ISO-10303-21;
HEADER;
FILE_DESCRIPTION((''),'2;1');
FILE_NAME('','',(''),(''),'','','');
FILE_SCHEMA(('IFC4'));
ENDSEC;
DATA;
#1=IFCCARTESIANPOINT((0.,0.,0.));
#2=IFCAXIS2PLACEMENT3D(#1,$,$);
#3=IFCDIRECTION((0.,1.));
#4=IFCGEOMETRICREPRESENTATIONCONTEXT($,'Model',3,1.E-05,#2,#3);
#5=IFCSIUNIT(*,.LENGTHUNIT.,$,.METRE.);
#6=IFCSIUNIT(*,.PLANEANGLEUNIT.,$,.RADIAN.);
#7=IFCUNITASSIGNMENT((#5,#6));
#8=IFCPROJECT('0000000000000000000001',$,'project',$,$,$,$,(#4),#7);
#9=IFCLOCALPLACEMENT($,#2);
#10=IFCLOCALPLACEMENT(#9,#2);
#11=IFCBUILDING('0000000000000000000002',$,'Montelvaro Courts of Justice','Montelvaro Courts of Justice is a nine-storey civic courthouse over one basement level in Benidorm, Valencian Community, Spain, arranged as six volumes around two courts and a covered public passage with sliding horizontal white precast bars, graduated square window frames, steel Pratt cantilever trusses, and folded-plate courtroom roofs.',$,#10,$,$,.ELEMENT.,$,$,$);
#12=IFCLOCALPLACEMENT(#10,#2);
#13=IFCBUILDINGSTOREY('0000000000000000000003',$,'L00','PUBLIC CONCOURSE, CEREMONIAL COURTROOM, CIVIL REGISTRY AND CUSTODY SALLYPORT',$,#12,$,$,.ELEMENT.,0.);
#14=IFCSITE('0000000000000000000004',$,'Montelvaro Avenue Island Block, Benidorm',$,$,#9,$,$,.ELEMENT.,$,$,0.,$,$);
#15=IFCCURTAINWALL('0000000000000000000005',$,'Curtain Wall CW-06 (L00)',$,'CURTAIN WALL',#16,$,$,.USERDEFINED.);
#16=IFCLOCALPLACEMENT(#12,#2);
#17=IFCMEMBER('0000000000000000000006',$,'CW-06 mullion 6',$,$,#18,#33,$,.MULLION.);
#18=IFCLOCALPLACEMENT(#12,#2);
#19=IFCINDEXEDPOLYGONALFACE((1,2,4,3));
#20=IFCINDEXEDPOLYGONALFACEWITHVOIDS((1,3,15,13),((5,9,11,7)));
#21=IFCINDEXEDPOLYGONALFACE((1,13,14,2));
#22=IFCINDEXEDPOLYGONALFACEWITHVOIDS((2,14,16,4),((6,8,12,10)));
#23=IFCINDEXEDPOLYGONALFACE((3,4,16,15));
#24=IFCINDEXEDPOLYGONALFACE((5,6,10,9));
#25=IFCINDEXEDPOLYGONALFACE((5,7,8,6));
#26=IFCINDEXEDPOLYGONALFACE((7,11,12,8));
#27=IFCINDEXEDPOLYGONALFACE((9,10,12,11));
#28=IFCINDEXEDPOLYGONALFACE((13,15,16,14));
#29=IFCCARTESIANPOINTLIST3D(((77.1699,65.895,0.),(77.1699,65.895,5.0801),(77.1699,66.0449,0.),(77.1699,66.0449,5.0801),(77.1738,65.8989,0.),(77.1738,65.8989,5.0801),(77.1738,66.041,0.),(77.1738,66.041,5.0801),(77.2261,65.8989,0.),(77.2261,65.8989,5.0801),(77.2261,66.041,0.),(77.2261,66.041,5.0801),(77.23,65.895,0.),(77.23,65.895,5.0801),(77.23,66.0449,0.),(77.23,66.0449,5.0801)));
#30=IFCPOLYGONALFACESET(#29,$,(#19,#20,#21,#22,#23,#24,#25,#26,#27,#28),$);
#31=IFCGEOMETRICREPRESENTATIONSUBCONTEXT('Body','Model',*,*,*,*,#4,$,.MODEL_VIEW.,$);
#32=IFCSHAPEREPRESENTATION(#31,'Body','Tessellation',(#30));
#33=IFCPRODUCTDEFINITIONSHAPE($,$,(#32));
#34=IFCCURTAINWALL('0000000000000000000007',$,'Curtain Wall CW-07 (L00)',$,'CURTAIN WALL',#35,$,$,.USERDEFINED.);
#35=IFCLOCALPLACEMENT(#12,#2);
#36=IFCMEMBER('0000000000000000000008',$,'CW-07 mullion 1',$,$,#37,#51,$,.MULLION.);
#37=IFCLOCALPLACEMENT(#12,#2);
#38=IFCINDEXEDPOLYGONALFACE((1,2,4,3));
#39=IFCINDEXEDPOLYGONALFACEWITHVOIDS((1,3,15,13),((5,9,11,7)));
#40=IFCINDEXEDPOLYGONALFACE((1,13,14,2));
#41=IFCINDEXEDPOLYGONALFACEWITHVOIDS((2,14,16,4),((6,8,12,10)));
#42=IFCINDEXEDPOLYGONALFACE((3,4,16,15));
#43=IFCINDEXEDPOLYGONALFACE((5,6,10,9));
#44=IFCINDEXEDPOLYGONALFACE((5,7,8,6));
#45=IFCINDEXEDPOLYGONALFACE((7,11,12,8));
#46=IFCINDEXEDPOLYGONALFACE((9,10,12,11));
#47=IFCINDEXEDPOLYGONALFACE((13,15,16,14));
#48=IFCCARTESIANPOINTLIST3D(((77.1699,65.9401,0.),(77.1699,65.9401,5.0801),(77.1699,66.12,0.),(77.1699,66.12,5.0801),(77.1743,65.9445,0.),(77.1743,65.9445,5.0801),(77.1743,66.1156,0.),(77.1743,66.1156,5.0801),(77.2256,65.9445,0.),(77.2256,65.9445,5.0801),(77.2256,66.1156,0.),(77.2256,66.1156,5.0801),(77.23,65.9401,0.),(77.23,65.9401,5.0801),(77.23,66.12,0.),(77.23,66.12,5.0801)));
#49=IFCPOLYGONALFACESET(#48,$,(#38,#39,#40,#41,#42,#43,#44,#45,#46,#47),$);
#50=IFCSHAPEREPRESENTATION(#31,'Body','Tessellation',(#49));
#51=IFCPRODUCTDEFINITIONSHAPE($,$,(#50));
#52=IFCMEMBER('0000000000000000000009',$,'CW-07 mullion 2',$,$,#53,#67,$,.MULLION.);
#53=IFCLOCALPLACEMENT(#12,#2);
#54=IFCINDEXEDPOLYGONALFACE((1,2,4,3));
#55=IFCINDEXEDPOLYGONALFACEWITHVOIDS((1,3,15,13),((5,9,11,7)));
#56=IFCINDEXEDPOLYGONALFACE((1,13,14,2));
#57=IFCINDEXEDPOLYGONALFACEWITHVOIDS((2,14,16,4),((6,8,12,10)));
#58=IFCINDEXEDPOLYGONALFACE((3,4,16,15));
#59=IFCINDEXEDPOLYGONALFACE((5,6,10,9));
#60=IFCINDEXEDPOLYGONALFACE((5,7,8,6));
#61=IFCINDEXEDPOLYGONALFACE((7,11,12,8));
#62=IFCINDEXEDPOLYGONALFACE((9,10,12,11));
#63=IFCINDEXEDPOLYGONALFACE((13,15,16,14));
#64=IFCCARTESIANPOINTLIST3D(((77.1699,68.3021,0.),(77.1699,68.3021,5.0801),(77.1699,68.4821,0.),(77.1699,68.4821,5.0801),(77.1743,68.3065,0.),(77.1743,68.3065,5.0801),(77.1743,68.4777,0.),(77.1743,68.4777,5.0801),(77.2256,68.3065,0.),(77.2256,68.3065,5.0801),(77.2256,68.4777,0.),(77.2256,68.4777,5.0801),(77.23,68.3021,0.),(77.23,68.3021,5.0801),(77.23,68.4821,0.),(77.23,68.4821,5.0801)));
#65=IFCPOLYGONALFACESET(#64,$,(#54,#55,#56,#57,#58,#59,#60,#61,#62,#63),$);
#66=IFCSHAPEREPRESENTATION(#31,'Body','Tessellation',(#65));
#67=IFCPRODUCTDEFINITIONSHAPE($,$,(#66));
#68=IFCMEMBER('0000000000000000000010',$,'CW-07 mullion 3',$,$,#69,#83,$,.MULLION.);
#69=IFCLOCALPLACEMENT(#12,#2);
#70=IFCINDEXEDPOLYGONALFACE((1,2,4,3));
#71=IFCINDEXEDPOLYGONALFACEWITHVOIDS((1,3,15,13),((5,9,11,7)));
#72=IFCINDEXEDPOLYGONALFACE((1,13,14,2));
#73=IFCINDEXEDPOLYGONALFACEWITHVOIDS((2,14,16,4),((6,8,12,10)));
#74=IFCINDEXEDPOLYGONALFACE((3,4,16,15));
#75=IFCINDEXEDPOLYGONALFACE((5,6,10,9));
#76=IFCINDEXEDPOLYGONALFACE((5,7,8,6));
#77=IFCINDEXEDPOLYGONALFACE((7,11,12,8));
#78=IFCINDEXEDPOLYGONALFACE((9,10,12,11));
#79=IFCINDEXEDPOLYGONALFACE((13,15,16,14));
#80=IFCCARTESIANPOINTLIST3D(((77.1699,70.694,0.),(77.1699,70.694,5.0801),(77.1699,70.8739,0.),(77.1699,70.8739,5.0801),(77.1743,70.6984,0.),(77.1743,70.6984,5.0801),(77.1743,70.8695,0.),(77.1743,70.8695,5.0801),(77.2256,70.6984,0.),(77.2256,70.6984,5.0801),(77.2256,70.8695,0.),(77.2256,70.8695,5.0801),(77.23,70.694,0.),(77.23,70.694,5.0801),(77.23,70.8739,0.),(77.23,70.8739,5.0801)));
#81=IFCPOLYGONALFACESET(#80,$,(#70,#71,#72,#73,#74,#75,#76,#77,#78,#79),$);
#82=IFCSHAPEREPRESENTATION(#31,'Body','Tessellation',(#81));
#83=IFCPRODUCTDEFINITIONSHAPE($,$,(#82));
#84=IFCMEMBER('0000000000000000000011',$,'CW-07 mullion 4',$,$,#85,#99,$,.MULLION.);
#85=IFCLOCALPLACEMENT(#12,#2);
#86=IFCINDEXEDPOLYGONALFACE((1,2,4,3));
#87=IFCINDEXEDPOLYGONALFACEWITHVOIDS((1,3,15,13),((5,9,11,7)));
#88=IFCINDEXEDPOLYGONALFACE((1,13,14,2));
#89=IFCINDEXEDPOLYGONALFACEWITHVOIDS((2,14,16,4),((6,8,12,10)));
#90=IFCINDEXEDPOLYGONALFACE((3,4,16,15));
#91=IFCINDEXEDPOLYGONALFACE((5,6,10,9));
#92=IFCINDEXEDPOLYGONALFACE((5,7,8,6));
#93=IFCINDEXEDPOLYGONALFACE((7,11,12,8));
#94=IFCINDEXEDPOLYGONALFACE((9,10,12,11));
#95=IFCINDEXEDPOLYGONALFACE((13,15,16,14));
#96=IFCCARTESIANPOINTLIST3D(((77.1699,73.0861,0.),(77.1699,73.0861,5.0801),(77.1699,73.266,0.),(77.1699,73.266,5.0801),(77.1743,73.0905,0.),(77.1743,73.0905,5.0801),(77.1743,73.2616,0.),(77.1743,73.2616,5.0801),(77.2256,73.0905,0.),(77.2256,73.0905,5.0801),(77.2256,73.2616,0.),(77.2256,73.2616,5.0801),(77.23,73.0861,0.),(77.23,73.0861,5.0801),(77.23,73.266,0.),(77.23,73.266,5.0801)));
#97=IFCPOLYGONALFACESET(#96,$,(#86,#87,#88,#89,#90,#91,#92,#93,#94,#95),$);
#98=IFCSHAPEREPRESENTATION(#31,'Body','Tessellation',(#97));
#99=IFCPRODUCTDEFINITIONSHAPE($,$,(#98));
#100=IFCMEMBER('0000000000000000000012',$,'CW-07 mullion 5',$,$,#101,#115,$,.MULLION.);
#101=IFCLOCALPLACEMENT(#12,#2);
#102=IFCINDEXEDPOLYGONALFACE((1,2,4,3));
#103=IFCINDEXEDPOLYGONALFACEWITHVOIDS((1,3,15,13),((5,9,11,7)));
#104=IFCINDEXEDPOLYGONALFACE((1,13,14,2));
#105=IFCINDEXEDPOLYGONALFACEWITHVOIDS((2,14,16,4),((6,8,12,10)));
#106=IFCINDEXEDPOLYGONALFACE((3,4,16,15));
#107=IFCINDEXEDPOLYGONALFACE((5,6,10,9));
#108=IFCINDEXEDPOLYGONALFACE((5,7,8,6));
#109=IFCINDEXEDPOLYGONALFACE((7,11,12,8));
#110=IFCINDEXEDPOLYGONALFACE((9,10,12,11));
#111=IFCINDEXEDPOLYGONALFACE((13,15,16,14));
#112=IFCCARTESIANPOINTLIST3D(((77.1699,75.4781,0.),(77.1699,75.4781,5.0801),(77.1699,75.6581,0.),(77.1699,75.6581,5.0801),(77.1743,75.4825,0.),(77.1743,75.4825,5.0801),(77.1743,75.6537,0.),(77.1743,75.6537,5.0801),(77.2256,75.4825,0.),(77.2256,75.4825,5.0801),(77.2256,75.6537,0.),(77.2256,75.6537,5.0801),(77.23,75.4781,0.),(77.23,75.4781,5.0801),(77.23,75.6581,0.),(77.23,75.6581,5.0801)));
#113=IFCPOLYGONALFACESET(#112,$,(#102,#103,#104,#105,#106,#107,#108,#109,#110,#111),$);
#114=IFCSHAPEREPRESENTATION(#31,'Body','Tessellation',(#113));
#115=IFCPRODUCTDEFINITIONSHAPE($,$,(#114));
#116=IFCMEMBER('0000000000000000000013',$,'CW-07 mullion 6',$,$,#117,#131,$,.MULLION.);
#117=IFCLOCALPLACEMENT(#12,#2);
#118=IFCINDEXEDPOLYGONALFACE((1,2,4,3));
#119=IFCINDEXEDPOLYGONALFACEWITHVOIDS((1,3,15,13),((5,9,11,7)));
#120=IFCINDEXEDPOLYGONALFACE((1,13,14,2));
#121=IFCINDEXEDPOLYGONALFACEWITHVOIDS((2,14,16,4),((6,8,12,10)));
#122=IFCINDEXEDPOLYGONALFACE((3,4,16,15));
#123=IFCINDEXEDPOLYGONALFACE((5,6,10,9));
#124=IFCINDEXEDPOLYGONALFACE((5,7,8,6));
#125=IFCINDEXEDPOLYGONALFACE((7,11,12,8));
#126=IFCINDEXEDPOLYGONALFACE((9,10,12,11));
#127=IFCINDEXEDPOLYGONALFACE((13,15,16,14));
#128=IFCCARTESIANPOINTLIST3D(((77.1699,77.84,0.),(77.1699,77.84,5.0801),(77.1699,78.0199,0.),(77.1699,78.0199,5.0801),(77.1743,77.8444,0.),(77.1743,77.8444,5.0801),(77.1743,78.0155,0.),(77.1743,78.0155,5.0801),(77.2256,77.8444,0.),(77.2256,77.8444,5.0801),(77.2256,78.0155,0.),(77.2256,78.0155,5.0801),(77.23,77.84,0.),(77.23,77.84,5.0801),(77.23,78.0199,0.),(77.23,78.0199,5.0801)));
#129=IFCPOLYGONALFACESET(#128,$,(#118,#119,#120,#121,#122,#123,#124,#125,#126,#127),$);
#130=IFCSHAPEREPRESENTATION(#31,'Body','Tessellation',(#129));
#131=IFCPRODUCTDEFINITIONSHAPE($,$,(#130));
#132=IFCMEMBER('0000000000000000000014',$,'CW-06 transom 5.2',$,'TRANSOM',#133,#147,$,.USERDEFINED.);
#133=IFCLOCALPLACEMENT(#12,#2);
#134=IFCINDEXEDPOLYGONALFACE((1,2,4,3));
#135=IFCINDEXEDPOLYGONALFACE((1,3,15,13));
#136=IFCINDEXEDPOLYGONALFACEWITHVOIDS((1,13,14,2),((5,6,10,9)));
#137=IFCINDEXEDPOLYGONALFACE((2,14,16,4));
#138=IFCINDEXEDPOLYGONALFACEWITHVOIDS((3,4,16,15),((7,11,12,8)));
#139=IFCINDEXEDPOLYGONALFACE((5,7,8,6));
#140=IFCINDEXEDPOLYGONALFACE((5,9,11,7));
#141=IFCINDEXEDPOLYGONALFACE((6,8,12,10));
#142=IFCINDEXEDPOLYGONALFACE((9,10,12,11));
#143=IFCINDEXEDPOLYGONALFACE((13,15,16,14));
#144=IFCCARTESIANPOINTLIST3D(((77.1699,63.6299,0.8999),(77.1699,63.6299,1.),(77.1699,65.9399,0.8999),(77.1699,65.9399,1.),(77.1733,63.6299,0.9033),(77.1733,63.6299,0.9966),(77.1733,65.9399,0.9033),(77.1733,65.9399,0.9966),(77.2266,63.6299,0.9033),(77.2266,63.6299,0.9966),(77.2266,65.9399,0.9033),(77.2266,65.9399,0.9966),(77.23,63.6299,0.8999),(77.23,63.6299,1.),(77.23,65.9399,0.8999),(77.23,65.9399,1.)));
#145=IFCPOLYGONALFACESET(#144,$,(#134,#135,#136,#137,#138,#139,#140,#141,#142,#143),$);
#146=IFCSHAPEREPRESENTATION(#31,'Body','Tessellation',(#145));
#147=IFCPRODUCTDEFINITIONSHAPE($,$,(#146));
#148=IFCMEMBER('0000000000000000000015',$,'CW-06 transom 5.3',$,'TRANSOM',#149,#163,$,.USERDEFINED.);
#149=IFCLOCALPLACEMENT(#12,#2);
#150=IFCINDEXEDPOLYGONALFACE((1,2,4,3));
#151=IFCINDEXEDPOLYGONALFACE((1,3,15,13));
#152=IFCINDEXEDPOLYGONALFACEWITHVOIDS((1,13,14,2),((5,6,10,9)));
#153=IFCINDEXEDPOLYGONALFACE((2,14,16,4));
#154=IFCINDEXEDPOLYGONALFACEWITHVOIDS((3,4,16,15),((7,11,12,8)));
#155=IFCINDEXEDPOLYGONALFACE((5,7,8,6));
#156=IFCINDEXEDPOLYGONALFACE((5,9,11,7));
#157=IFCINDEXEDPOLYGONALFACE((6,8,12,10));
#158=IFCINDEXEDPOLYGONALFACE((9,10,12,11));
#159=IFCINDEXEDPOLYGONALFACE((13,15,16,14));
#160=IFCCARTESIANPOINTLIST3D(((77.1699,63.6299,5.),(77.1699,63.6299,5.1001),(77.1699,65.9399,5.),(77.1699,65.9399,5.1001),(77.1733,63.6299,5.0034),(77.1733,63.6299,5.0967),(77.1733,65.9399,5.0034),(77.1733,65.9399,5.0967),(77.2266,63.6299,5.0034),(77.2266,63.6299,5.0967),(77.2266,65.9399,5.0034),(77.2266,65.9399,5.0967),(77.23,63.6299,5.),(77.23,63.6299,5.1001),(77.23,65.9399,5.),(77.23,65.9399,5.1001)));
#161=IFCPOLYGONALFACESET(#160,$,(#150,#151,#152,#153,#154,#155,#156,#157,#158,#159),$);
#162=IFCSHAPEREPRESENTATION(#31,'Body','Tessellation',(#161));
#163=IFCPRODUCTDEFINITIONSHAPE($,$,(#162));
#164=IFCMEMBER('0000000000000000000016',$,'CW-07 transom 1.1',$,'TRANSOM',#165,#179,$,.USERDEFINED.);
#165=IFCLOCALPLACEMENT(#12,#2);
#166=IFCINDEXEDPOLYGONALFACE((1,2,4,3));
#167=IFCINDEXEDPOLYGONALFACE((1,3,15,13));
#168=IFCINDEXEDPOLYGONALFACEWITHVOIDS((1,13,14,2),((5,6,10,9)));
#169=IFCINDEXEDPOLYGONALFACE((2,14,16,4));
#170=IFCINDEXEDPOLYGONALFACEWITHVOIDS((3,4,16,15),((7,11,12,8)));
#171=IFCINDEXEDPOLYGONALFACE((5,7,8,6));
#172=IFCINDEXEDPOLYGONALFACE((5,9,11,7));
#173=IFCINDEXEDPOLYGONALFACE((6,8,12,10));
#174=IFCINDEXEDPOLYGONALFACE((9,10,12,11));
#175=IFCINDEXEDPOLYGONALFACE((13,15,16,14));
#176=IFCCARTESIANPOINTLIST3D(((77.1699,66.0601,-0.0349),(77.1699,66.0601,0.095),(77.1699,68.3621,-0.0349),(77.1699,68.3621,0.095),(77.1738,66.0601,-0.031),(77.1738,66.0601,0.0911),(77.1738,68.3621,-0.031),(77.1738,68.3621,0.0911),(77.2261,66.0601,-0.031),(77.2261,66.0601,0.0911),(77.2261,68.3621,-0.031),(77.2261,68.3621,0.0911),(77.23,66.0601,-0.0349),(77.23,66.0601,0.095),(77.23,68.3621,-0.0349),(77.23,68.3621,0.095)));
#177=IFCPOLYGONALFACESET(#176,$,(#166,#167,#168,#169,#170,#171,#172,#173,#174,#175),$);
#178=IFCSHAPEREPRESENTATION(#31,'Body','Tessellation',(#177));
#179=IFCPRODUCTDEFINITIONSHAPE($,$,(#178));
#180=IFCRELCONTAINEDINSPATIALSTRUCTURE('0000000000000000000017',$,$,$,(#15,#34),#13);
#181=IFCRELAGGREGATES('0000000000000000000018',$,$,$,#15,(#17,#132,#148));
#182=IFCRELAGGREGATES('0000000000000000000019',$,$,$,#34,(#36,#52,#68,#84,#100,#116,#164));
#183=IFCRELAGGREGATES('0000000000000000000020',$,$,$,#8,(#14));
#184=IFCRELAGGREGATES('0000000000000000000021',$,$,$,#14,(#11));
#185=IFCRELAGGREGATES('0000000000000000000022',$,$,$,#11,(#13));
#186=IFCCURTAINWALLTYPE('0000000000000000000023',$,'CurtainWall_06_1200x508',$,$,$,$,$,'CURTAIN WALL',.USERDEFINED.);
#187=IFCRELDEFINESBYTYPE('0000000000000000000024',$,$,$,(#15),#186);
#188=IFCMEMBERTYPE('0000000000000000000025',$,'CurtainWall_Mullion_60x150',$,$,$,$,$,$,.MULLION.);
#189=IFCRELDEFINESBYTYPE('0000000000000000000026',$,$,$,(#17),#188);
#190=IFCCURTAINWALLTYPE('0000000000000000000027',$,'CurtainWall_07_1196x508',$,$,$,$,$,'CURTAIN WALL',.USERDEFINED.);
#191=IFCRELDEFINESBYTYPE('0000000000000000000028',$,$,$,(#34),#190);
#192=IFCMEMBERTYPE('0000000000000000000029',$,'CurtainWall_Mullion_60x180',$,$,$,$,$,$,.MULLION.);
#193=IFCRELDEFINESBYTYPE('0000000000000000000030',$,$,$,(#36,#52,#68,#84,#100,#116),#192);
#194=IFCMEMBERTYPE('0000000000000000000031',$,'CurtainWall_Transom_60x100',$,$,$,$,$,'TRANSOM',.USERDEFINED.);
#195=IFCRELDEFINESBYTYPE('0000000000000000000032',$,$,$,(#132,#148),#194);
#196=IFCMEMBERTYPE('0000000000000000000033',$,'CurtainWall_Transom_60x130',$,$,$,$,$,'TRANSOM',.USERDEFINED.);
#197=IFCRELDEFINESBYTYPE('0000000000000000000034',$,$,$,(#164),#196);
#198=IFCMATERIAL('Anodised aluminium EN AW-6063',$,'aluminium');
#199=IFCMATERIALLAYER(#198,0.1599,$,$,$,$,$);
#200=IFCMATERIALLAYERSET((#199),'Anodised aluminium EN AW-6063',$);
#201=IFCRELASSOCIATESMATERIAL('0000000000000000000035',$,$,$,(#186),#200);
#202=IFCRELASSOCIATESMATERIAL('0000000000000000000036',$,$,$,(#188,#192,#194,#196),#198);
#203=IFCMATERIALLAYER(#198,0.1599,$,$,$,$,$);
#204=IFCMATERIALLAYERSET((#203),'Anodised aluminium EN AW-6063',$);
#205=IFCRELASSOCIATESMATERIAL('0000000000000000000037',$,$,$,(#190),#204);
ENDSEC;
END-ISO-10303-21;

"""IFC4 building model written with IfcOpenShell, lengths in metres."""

from ifc_helpers import new_model, si_unit, direction, frame, origin, origin_2d, place, context, subcontext, project, spatial, hollow_rectangle, extrude, material, layer, layer_set, material_profile, profile_set, type_object, element, aggregate, save


model = new_model("IFC4")

# Units and contexts
model_context = context("Model", 3, precision=1e-05, world=origin(), true_north=direction((0.0, 1.0)))
body_context = subcontext(model_context, "Body", "Model", "MODEL_VIEW")
ifc_project = project(units=[si_unit("LENGTHUNIT", "METRE"), si_unit("PLANEANGLEUNIT", "RADIAN")], contexts=[model_context])

# Site, building, storey
site_placement = place(None, origin())
site = spatial("IfcSite", under=ifc_project, at=site_placement, Name="Montelvaro Avenue Island Block, Benidorm", CompositionType="ELEMENT", RefElevation=0.0)
building_placement = place(site_placement, origin())
building = spatial("IfcBuilding", under=site, at=building_placement, Name="Montelvaro Courts of Justice", Description="Montelvaro Courts of Justice is a nine-storey civic courthouse over one basement level in Benidorm, Valencian Community, Spain, arranged as six volumes around two courts and a covered public passage with sliding horizontal white precast bars, graduated square window frames, steel Pratt cantilever trusses, and folded-plate courtroom roofs.", CompositionType="ELEMENT")
storey_placement = place(building_placement, origin())
storey = spatial("IfcBuildingStorey", under=building, at=storey_placement, Name="L00", Description="PUBLIC CONCOURSE, CEREMONIAL COURTROOM, CIVIL REGISTRY AND CUSTODY SALLYPORT", CompositionType="ELEMENT", Elevation=0.0)

# Curtain wall, member
ifc_material_1 = material(Name="Anodised aluminium EN AW-6063", Category="aluminium")
ifc_layer_1 = layer(ifc_material_1, 0.1599)
ifc_layer_set_1 = layer_set([ifc_layer_1], Name="Anodised aluminium EN AW-6063")
curtain_wall_type_1 = type_object("IfcCurtainWallType", Name="CurtainWall_06_1200x508", ElementType="CURTAIN WALL", PredefinedType="USERDEFINED", material=ifc_layer_set_1)
curtain_wall_1_placement = place(storey_placement, origin())
curtain_wall_1 = element("IfcCurtainWall", 1, at=curtain_wall_1_placement, inside=storey, type_object=curtain_wall_type_1, Name="Curtain Wall CW-06 (L00)", ObjectType="CURTAIN WALL", PredefinedType="USERDEFINED")
ifc_material_profile_1 = material_profile(ifc_material_1, hollow_rectangle(XDim=0.0601, YDim=0.1499, WallThickness=0.0039, at=origin_2d()), Name="ALU-M 60x150")
ifc_profile_set_1 = profile_set([ifc_material_profile_1], Name="Anodised aluminium EN AW-6063")
member_type_1 = type_object("IfcMemberType", Name="CurtainWall_Mullion_60x150", PredefinedType="MULLION", material=ifc_profile_set_1)
member_1_placement = place(storey_placement, frame((77.2, 65.97, 0.0), z_axis=(0.0, 0.0, 1.0), x_axis=(-1.0, 0.0, 0.0)))
member_1 = element("IfcMember", 2, at=member_1_placement, type_object=member_type_1, Name="CW-06 mullion 6", PredefinedType="MULLION", context=body_context, shape_type="SweptSolid", body=[
    extrude(hollow_rectangle(XDim=0.0601, YDim=0.1499, WallThickness=0.0039, at=origin_2d()), origin(), (0.0, 0.0, 1.0), 5.0801),
])

# Curtain wall, members
ifc_layer_2 = layer(ifc_material_1, 0.1599)
ifc_layer_set_2 = layer_set([ifc_layer_2], Name="Anodised aluminium EN AW-6063")
curtain_wall_type_2 = type_object("IfcCurtainWallType", Name="CurtainWall_07_1196x508", ElementType="CURTAIN WALL", PredefinedType="USERDEFINED", material=ifc_layer_set_2)
curtain_wall_2_placement = place(storey_placement, origin())
curtain_wall_2 = element("IfcCurtainWall", 3, at=curtain_wall_2_placement, inside=storey, type_object=curtain_wall_type_2, Name="Curtain Wall CW-07 (L00)", ObjectType="CURTAIN WALL", PredefinedType="USERDEFINED")
ifc_material_profile_2 = material_profile(ifc_material_1, hollow_rectangle(XDim=0.0601, YDim=0.1799, WallThickness=0.0044, at=origin_2d()), Name="ALU-M 60x180")
ifc_profile_set_2 = profile_set([ifc_material_profile_2], Name="Anodised aluminium EN AW-6063")
member_type_2 = type_object("IfcMemberType", Name="CurtainWall_Mullion_60x180", PredefinedType="MULLION", material=ifc_profile_set_2)
member_2_placement = place(storey_placement, frame((77.2, 66.03, 0.0), z_axis=(0.0, 0.0, 1.0), x_axis=(-1.0, 0.0, 0.0)))
member_2 = element("IfcMember", 4, at=member_2_placement, type_object=member_type_2, Name="CW-07 mullion 1", PredefinedType="MULLION", context=body_context, shape_type="SweptSolid", body=[
    extrude(hollow_rectangle(XDim=0.0601, YDim=0.1799, WallThickness=0.0044, at=origin_2d()), origin(), (0.0, 0.0, 1.0), 5.0801),
])
member_3_placement = place(storey_placement, frame((77.2, 68.3921, 0.0), z_axis=(0.0, 0.0, 1.0), x_axis=(-1.0, 0.0, 0.0)))
member_3 = element("IfcMember", 5, at=member_3_placement, type_object=member_type_2, Name="CW-07 mullion 2", PredefinedType="MULLION", context=body_context, shape_type="SweptSolid", body=[
    extrude(hollow_rectangle(XDim=0.0601, YDim=0.1799, WallThickness=0.0044, at=origin_2d()), origin(), (0.0, 0.0, 1.0), 5.0801),
])
member_4_placement = place(storey_placement, frame((77.2, 70.7839, 0.0), z_axis=(0.0, 0.0, 1.0), x_axis=(-1.0, 0.0, 0.0)))
member_4 = element("IfcMember", 6, at=member_4_placement, type_object=member_type_2, Name="CW-07 mullion 3", PredefinedType="MULLION", context=body_context, shape_type="SweptSolid", body=[
    extrude(hollow_rectangle(XDim=0.0601, YDim=0.1799, WallThickness=0.0044, at=origin_2d()), origin(), (0.0, 0.0, 1.0), 5.0801),
])
member_5_placement = place(storey_placement, frame((77.2, 73.176, 0.0), z_axis=(0.0, 0.0, 1.0), x_axis=(-1.0, 0.0, 0.0)))
member_5 = element("IfcMember", 7, at=member_5_placement, type_object=member_type_2, Name="CW-07 mullion 4", PredefinedType="MULLION", context=body_context, shape_type="SweptSolid", body=[
    extrude(hollow_rectangle(XDim=0.0601, YDim=0.1799, WallThickness=0.0044, at=origin_2d()), origin(), (0.0, 0.0, 1.0), 5.0801),
])
member_6_placement = place(storey_placement, frame((77.2, 75.5681, 0.0), z_axis=(0.0, 0.0, 1.0), x_axis=(-1.0, 0.0, 0.0)))
member_6 = element("IfcMember", 8, at=member_6_placement, type_object=member_type_2, Name="CW-07 mullion 5", PredefinedType="MULLION", context=body_context, shape_type="SweptSolid", body=[
    extrude(hollow_rectangle(XDim=0.0601, YDim=0.1799, WallThickness=0.0044, at=origin_2d()), origin(), (0.0, 0.0, 1.0), 5.0801),
])
member_7_placement = place(storey_placement, frame((77.2, 77.9299, 0.0), z_axis=(0.0, 0.0, 1.0), x_axis=(-1.0, 0.0, 0.0)))
member_7 = element("IfcMember", 9, at=member_7_placement, type_object=member_type_2, Name="CW-07 mullion 6", PredefinedType="MULLION", context=body_context, shape_type="SweptSolid", body=[
    extrude(hollow_rectangle(XDim=0.0601, YDim=0.1799, WallThickness=0.0044, at=origin_2d()), origin(), (0.0, 0.0, 1.0), 5.0801),
])

# Members
ifc_material_profile_3 = material_profile(ifc_material_1, hollow_rectangle(XDim=0.0601, YDim=0.1001, WallThickness=0.0034, at=origin_2d()), Name="ALU-T 60x100")
ifc_profile_set_3 = profile_set([ifc_material_profile_3], Name="Anodised aluminium EN AW-6063")
member_type_3 = type_object("IfcMemberType", Name="CurtainWall_Transom_60x100", ElementType="TRANSOM", PredefinedType="USERDEFINED", material=ifc_profile_set_3)
member_8_placement = place(storey_placement, frame((77.2, 63.6299, 0.95), z_axis=(0.0, 1.0, 0.0), x_axis=(-1.0, 0.0, 0.0)))
member_8 = element("IfcMember", 10, at=member_8_placement, type_object=member_type_3, Name="CW-06 transom 5.2", ObjectType="TRANSOM", PredefinedType="USERDEFINED", context=body_context, shape_type="SweptSolid", body=[
    extrude(hollow_rectangle(XDim=0.0601, YDim=0.1001, WallThickness=0.0034, at=origin_2d()), origin(), (0.0, 0.0, 1.0), 2.3101),
])
member_9_placement = place(storey_placement, frame((77.2, 63.6299, 5.05), z_axis=(0.0, 1.0, 0.0), x_axis=(-1.0, 0.0, 0.0)))
member_9 = element("IfcMember", 11, at=member_9_placement, type_object=member_type_3, Name="CW-06 transom 5.3", ObjectType="TRANSOM", PredefinedType="USERDEFINED", context=body_context, shape_type="SweptSolid", body=[
    extrude(hollow_rectangle(XDim=0.0601, YDim=0.1001, WallThickness=0.0034, at=origin_2d()), origin(), (0.0, 0.0, 1.0), 2.3101),
])
ifc_material_profile_4 = material_profile(ifc_material_1, hollow_rectangle(XDim=0.0601, YDim=0.1299, WallThickness=0.0039, at=origin_2d()), Name="ALU-T 60x130")
ifc_profile_set_4 = profile_set([ifc_material_profile_4], Name="Anodised aluminium EN AW-6063")
member_type_4 = type_object("IfcMemberType", Name="CurtainWall_Transom_60x130", ElementType="TRANSOM", PredefinedType="USERDEFINED", material=ifc_profile_set_4)
member_10_placement = place(storey_placement, frame((77.2, 66.0601, 0.03), z_axis=(0.0, 1.0, 0.0), x_axis=(-1.0, 0.0, 0.0)))
member_10 = element("IfcMember", 12, at=member_10_placement, type_object=member_type_4, Name="CW-07 transom 1.1", ObjectType="TRANSOM", PredefinedType="USERDEFINED", context=body_context, shape_type="SweptSolid", body=[
    extrude(hollow_rectangle(XDim=0.0601, YDim=0.1299, WallThickness=0.0039, at=origin_2d()), origin(), (0.0, 0.0, 1.0), 2.302),
])

aggregate(curtain_wall_1, [member_1, member_8, member_9])
aggregate(curtain_wall_2, [member_2, member_3, member_4, member_5, member_6, member_7, member_10])

save(model, "model.ifc")
